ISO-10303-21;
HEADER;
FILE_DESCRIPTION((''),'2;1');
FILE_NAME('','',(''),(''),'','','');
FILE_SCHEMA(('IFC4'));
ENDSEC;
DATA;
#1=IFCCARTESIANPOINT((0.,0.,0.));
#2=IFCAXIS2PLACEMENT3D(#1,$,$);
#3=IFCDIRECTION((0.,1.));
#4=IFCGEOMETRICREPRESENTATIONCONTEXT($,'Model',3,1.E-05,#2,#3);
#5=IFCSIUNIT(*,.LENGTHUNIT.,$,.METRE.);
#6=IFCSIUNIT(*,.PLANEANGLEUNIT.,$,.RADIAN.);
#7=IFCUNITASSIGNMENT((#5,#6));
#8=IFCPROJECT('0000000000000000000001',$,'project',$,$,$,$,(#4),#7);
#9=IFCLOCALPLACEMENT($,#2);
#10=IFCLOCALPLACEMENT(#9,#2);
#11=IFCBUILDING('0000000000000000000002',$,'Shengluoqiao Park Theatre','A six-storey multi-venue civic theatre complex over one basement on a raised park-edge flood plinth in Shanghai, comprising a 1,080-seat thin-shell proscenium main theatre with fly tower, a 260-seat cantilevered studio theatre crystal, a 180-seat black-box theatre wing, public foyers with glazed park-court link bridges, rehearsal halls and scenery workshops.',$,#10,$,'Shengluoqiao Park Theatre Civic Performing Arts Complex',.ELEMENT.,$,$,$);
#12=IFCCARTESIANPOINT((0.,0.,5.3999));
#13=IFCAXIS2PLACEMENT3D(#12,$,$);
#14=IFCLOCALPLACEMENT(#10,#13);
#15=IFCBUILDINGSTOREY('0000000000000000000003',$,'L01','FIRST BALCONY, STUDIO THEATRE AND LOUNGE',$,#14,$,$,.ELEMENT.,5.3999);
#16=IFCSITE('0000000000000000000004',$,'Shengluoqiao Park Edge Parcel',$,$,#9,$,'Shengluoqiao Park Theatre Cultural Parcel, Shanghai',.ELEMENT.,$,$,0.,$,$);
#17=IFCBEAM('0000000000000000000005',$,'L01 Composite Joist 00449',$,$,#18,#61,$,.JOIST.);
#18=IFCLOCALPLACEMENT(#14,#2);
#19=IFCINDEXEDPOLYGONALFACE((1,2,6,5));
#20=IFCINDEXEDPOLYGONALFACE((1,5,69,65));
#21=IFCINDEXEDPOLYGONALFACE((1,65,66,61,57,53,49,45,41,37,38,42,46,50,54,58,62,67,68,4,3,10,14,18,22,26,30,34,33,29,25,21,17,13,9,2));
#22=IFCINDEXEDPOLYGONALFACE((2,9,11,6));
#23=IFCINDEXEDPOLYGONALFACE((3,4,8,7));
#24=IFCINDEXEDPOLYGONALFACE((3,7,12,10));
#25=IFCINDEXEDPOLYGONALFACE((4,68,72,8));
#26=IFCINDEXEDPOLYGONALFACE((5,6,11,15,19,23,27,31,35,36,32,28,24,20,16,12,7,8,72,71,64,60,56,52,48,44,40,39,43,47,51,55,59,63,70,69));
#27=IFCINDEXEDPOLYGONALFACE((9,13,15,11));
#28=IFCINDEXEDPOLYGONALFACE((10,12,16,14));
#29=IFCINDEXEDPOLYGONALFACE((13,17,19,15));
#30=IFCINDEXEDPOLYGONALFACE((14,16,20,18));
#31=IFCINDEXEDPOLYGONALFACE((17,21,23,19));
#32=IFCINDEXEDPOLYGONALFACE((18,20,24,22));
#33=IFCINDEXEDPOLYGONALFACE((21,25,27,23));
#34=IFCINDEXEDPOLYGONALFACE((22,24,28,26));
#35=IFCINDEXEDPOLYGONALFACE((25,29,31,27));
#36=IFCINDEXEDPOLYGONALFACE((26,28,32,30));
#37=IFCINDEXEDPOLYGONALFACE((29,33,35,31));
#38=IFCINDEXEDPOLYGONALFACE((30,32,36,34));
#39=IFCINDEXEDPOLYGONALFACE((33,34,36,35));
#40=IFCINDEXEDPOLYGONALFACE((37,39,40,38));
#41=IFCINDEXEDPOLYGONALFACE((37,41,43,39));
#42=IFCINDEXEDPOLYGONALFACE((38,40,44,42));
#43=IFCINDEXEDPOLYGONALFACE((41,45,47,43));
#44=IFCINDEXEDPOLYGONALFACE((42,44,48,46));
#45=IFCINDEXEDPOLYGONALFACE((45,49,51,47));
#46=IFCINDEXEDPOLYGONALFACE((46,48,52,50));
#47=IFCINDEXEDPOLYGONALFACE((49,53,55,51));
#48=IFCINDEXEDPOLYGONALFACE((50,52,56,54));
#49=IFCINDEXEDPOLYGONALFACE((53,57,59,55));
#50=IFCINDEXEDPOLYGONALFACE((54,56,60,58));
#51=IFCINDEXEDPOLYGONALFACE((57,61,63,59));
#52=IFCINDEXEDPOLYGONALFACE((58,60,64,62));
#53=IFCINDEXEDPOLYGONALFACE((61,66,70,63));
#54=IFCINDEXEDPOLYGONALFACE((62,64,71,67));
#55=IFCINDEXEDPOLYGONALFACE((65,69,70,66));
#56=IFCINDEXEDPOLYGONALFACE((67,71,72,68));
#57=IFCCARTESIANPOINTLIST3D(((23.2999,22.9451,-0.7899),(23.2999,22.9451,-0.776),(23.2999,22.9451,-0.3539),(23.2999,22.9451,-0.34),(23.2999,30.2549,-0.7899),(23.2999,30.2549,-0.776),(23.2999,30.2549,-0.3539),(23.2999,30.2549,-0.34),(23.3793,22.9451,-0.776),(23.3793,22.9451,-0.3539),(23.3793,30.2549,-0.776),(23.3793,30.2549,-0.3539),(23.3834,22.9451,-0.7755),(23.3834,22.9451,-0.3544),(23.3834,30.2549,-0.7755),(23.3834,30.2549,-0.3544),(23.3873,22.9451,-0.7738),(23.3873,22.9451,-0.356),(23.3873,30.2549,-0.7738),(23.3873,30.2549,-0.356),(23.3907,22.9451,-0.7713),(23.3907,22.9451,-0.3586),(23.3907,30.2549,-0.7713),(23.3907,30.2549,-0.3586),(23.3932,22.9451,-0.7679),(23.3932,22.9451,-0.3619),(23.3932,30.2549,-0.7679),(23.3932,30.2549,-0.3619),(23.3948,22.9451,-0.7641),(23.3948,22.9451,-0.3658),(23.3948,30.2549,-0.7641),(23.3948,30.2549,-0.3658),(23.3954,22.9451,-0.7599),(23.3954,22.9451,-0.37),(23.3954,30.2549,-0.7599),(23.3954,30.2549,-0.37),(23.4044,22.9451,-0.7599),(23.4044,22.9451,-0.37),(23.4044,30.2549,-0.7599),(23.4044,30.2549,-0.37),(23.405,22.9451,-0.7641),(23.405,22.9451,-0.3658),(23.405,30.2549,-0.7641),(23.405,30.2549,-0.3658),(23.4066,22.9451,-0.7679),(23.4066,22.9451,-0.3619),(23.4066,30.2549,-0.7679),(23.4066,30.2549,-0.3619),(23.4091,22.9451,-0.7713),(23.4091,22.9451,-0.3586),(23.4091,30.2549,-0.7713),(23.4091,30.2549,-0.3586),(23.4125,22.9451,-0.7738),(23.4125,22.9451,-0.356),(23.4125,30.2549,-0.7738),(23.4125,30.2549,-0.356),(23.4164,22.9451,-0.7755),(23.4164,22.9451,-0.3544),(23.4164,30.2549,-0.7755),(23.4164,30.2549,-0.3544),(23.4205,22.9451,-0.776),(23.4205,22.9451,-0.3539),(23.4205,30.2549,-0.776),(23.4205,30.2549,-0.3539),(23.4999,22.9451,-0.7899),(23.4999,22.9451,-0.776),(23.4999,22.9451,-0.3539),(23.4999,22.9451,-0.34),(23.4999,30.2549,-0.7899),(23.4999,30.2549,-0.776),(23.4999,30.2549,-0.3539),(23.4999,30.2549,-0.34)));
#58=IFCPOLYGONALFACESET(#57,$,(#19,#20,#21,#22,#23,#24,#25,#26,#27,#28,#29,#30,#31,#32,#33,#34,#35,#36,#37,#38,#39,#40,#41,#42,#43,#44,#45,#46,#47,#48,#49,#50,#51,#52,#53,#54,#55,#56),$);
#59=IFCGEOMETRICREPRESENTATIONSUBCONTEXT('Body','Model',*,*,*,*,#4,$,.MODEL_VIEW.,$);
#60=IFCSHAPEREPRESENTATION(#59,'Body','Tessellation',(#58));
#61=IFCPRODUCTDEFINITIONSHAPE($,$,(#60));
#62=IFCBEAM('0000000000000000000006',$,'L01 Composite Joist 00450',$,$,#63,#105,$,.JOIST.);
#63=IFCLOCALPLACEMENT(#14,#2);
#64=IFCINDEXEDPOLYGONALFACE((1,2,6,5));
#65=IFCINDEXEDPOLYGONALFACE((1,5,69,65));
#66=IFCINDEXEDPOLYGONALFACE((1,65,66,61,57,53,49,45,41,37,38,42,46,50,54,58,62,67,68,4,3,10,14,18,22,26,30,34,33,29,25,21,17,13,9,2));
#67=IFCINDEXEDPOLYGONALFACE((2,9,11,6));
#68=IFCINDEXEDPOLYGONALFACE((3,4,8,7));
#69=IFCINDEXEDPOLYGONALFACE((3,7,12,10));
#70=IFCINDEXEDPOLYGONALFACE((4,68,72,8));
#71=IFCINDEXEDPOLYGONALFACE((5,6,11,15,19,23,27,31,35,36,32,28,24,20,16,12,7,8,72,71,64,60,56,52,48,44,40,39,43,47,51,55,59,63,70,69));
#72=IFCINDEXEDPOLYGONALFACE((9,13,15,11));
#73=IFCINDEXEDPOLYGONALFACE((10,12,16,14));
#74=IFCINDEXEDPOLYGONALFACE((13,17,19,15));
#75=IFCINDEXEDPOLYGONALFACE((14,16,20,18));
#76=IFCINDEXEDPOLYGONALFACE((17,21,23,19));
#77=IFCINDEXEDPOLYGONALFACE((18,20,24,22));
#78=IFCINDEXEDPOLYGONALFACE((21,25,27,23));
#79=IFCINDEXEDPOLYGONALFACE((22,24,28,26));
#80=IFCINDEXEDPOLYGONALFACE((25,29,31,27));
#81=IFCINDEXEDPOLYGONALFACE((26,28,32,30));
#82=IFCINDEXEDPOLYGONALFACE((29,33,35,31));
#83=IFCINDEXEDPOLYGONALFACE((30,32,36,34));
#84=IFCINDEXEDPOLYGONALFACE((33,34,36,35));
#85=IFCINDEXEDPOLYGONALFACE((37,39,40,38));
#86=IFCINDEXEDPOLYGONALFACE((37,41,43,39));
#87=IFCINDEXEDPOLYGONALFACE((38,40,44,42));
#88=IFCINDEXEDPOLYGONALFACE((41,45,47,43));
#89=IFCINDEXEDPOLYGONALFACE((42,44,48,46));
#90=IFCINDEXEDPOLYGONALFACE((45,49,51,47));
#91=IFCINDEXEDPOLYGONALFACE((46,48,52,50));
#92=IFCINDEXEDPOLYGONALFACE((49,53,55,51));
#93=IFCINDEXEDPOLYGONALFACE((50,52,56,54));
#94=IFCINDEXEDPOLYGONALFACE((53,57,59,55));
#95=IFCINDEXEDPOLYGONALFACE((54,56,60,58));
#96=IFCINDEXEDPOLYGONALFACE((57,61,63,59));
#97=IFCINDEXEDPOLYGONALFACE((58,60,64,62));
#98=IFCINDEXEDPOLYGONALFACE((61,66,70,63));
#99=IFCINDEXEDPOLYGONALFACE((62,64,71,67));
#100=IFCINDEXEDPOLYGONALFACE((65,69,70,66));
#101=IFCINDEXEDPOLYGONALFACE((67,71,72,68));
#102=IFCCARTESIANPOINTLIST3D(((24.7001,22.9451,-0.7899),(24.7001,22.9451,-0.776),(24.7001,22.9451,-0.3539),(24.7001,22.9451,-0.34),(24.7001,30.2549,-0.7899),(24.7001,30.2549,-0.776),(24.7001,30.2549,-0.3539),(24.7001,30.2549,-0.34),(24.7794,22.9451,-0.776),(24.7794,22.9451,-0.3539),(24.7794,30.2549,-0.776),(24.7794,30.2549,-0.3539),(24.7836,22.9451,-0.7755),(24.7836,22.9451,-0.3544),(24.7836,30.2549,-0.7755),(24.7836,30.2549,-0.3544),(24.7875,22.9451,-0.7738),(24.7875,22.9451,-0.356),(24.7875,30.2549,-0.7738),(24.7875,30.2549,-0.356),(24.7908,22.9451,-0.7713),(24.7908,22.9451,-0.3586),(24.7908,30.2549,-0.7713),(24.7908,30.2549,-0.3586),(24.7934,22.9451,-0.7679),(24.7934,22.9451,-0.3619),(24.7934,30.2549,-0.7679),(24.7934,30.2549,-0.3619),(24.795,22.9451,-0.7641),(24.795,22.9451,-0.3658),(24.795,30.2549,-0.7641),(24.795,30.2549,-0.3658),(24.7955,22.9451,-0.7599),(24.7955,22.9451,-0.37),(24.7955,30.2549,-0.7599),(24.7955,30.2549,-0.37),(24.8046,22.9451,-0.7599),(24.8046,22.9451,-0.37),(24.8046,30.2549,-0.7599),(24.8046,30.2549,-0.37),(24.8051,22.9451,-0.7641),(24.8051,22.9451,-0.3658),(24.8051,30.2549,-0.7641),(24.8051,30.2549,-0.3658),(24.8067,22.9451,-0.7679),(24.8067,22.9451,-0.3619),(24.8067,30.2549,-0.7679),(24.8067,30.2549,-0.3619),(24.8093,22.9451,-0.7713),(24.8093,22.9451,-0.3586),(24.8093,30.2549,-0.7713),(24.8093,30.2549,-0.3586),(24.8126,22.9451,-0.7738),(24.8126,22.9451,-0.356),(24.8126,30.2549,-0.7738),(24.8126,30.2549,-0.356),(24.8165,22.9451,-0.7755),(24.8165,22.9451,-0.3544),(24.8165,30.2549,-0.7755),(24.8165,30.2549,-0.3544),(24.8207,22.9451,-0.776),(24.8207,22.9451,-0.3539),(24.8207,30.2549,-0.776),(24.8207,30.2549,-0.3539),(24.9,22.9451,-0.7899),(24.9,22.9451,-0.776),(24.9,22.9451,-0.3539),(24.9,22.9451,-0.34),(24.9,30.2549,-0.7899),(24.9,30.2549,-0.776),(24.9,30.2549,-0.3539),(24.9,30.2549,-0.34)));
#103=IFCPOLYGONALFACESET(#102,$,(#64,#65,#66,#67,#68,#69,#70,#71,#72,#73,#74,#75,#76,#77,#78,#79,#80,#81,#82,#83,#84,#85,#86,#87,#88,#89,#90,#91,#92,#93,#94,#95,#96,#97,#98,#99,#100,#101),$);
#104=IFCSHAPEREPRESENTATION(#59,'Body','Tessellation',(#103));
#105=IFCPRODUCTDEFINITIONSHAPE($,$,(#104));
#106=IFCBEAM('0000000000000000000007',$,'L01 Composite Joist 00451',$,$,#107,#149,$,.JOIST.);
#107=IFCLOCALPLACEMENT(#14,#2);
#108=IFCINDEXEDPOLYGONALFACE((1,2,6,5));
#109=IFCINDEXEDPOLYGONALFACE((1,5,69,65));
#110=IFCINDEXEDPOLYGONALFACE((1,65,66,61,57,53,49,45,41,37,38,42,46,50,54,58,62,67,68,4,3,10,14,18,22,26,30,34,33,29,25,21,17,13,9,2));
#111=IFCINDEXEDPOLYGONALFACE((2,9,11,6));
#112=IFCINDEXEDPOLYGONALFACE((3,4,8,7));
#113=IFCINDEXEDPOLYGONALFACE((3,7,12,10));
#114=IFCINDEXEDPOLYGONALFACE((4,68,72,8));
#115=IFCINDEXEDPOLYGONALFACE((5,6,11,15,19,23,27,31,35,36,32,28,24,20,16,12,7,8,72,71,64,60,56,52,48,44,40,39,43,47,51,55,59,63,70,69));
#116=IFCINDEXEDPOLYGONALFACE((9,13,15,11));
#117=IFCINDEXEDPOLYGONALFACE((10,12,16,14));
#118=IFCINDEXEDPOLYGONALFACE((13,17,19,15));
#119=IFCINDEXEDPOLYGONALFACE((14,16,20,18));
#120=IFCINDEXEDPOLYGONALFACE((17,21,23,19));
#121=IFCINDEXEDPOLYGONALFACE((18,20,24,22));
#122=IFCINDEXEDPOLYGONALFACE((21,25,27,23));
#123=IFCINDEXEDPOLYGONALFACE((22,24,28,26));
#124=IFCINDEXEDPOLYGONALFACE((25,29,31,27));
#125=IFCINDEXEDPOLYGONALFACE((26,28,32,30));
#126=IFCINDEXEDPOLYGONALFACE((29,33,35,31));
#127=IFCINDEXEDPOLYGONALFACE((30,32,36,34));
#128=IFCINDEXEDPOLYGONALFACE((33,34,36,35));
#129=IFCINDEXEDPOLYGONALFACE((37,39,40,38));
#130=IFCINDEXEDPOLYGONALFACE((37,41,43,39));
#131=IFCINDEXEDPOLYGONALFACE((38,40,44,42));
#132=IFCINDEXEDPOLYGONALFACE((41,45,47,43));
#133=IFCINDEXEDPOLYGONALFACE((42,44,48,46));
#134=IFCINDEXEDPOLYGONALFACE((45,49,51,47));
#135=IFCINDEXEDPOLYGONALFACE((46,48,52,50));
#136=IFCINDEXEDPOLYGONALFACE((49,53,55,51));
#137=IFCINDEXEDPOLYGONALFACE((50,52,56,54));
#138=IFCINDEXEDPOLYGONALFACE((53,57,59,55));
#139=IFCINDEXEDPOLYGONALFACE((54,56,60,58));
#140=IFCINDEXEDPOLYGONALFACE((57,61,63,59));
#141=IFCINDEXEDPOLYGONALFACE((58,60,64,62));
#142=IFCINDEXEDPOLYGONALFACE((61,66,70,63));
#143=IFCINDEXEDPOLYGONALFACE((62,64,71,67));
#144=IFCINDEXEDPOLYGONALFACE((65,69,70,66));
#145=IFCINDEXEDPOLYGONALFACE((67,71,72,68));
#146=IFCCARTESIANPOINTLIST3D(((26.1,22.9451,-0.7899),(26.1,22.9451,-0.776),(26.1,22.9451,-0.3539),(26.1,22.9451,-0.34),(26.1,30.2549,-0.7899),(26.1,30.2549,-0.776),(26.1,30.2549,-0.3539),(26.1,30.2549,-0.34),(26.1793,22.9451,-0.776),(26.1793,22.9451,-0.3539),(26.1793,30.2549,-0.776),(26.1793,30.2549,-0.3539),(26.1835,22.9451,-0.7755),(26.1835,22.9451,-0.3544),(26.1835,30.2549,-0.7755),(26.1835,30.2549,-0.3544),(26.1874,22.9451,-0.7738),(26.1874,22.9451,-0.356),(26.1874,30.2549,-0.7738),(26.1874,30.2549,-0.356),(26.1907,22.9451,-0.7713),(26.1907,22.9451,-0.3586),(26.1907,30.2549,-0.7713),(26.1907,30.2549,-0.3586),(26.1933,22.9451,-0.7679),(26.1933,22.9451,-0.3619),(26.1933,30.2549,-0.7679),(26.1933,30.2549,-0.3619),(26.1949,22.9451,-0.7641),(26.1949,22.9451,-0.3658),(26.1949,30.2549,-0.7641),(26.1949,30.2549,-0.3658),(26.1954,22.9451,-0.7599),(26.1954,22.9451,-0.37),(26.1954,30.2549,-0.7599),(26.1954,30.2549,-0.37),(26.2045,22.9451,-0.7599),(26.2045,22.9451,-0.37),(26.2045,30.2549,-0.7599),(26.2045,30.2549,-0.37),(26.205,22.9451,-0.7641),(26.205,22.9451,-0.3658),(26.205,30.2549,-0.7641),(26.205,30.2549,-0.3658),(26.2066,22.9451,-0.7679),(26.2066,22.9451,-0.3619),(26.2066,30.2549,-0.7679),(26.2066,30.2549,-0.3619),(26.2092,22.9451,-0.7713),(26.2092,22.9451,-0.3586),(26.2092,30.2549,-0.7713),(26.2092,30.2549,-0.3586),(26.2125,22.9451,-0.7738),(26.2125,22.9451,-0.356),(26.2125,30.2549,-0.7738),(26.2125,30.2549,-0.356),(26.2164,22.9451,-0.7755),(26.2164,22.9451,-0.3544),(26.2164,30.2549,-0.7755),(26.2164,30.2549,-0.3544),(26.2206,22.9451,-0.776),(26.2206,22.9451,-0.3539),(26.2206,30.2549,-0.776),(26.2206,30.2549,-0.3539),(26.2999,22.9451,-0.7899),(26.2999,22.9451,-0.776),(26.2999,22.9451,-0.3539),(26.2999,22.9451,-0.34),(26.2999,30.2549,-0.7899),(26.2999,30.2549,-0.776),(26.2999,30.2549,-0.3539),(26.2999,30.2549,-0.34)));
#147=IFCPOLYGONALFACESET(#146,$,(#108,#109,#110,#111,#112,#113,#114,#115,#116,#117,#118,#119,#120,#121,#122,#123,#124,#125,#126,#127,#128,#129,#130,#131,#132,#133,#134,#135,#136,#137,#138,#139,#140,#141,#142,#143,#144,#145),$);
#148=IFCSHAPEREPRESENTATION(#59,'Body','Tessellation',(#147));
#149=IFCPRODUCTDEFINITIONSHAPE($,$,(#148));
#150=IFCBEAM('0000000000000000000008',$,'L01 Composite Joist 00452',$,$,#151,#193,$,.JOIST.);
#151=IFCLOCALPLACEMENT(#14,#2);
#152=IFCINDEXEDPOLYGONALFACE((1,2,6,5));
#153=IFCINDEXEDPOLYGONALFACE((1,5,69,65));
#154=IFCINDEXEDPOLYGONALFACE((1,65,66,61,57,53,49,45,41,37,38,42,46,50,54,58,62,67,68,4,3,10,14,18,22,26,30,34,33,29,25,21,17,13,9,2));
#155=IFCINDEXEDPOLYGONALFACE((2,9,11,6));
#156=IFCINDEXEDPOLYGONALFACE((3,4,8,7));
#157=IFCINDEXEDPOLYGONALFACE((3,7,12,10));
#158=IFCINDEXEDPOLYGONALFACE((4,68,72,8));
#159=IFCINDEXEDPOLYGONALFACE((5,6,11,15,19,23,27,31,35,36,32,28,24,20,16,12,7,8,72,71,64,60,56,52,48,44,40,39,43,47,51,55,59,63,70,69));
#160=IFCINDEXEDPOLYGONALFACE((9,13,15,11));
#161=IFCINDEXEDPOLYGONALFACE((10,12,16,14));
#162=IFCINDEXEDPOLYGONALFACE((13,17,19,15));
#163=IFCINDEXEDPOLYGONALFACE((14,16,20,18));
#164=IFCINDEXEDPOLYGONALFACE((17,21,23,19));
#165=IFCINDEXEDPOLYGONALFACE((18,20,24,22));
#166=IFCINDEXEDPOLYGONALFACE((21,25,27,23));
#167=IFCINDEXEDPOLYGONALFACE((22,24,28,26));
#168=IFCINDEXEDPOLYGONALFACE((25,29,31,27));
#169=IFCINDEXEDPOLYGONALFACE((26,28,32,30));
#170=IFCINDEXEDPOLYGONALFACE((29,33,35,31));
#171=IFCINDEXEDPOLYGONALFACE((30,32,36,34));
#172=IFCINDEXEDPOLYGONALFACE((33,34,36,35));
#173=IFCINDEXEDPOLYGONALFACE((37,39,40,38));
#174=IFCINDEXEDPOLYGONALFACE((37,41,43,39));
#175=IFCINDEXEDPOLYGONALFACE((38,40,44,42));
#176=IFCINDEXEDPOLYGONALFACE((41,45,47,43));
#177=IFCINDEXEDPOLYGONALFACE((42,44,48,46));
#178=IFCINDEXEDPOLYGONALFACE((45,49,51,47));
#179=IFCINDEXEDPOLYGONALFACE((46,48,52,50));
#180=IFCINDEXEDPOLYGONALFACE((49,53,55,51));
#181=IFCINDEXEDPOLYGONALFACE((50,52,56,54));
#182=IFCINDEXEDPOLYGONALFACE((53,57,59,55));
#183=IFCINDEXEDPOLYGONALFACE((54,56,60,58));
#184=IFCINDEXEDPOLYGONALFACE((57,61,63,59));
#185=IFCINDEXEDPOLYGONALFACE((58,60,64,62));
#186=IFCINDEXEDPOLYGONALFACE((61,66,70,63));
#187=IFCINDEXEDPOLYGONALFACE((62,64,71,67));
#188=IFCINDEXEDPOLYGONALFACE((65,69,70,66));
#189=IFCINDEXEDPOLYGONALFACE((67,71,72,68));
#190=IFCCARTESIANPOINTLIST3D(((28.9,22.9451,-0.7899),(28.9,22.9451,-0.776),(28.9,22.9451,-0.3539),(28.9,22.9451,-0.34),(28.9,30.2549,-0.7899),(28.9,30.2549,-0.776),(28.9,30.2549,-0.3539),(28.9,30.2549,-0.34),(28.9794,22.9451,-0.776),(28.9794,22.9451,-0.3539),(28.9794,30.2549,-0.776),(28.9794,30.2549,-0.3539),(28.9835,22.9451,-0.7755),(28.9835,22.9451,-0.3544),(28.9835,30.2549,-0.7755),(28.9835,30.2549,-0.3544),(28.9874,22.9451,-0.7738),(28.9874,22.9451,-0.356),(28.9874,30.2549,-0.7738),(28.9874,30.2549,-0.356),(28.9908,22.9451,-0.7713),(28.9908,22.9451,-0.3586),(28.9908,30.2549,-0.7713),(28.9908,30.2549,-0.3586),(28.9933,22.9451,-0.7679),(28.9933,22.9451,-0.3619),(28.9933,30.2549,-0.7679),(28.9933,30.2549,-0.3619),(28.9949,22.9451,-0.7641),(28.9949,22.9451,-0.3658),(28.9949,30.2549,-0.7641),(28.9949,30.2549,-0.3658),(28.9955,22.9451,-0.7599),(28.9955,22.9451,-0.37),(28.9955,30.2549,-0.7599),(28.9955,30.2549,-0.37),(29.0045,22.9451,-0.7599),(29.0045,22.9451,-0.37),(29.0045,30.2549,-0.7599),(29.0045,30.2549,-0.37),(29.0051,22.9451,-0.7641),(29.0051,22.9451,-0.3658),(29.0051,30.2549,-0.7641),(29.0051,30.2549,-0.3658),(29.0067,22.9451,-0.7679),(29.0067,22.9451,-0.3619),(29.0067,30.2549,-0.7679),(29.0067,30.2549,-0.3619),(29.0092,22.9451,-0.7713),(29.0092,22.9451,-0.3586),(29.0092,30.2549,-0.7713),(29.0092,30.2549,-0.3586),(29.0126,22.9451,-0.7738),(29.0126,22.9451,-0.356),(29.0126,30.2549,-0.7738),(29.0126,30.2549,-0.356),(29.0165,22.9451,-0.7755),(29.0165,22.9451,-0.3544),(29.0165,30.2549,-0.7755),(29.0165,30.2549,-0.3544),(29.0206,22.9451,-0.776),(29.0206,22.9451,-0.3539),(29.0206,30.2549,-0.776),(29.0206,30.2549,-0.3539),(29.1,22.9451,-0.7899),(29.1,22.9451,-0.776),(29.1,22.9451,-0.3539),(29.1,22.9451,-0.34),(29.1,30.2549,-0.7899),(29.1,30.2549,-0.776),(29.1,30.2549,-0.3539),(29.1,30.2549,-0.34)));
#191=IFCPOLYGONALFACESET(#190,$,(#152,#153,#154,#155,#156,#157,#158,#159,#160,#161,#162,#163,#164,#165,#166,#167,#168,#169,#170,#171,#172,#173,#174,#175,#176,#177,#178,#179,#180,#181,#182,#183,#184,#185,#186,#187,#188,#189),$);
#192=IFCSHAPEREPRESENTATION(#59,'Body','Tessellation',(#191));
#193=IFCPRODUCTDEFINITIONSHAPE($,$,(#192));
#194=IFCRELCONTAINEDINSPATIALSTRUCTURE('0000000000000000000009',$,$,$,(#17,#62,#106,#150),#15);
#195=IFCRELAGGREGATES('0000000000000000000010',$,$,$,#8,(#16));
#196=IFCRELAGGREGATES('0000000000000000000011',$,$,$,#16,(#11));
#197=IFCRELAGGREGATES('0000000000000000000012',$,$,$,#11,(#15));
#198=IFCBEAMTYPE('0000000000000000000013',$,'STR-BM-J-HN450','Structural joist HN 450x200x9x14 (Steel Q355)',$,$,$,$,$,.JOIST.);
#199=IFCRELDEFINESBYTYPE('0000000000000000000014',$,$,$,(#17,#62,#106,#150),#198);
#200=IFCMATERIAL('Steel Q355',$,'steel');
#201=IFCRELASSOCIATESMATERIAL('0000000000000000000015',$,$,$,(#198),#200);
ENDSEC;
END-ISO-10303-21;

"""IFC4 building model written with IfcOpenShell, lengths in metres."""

from ifc_helpers import new_model, si_unit, direction, frame, origin, origin_2d, place, context, subcontext, project, spatial, i_section, extrude, material, material_profile, profile_set, type_object, element, save


model = new_model("IFC4")

# Units and contexts
model_context = context("Model", 3, precision=1e-05, world=origin(), true_north=direction((0.0, 1.0)))
body_context = subcontext(model_context, "Body", "Model", "MODEL_VIEW")
ifc_project = project(units=[si_unit("LENGTHUNIT", "METRE"), si_unit("PLANEANGLEUNIT", "RADIAN")], contexts=[model_context])

# Site, building, storey
site_placement = place(None, origin())
site = spatial("IfcSite", under=ifc_project, at=site_placement, Name="Shengluoqiao Park Edge Parcel", LongName="Shengluoqiao Park Theatre Cultural Parcel, Shanghai", CompositionType="ELEMENT", RefElevation=0.0)
building_placement = place(site_placement, origin())
building = spatial("IfcBuilding", under=site, at=building_placement, Name="Shengluoqiao Park Theatre", Description="A six-storey multi-venue civic theatre complex over one basement on a raised park-edge flood plinth in Shanghai, comprising a 1,080-seat thin-shell proscenium main theatre with fly tower, a 260-seat cantilevered studio theatre crystal, a 180-seat black-box theatre wing, public foyers with glazed park-court link bridges, rehearsal halls and scenery workshops.", LongName="Shengluoqiao Park Theatre Civic Performing Arts Complex", CompositionType="ELEMENT")
storey_placement = place(building_placement, frame((0.0, 0.0, 5.3999)))
storey = spatial("IfcBuildingStorey", under=building, at=storey_placement, Name="L01", Description="FIRST BALCONY, STUDIO THEATRE AND LOUNGE", CompositionType="ELEMENT", Elevation=5.3999)

# Shared definitions
ifc_material_1 = material(Name="Steel Q355", Category="steel")

# Beams
ifc_material_profile_1 = material_profile(ifc_material_1, i_section(OverallWidth=0.2, OverallDepth=0.45, WebThickness=0.009, FlangeThickness=0.0139, FilletRadius=0.0161, at=origin_2d()), Name="HN 450x200x9x14")
ifc_profile_set_1 = profile_set([ifc_material_profile_1], Name="Steel Q355")
beam_type_1 = type_object("IfcBeamType", Name="STR-BM-J-HN450", Description="Structural joist HN 450x200x9x14 (Steel Q355)", PredefinedType="JOIST", material=ifc_profile_set_1)
for number, where, z_axis, x_axis, name in (
    (1, (23.3999, 22.9451, -0.5649), (0.0, 1.0, 0.0), (-1.0, 0.0, 0.0), "L01 Composite Joist 00449"),
    (2, (24.8, 22.9451, -0.5649), (0.0, 1.0, 0.0), (-1.0, 0.0, 0.0), "L01 Composite Joist 00450"),
    (3, (26.2, 22.9451, -0.5649), (0.0, 1.0, 0.0), (-1.0, 0.0, 0.0), "L01 Composite Joist 00451"),
    (4, (29.0, 22.9451, -0.5649), (0.0, 1.0, 0.0), (-1.0, 0.0, 0.0), "L01 Composite Joist 00452"),
):
    element("IfcBeam", number, at=place(storey_placement, frame(where, z_axis=z_axis, x_axis=x_axis)), inside=storey, type_object=beam_type_1, Name=name, PredefinedType="JOIST", context=body_context, shape_type="SweptSolid", body=[
        extrude(i_section(OverallWidth=0.2, OverallDepth=0.45, WebThickness=0.009, FlangeThickness=0.0139, FilletRadius=0.0161, at=origin_2d()), origin(), (0.0, 0.0, 1.0), 7.3098),
    ])

save(model, "model.ifc")
